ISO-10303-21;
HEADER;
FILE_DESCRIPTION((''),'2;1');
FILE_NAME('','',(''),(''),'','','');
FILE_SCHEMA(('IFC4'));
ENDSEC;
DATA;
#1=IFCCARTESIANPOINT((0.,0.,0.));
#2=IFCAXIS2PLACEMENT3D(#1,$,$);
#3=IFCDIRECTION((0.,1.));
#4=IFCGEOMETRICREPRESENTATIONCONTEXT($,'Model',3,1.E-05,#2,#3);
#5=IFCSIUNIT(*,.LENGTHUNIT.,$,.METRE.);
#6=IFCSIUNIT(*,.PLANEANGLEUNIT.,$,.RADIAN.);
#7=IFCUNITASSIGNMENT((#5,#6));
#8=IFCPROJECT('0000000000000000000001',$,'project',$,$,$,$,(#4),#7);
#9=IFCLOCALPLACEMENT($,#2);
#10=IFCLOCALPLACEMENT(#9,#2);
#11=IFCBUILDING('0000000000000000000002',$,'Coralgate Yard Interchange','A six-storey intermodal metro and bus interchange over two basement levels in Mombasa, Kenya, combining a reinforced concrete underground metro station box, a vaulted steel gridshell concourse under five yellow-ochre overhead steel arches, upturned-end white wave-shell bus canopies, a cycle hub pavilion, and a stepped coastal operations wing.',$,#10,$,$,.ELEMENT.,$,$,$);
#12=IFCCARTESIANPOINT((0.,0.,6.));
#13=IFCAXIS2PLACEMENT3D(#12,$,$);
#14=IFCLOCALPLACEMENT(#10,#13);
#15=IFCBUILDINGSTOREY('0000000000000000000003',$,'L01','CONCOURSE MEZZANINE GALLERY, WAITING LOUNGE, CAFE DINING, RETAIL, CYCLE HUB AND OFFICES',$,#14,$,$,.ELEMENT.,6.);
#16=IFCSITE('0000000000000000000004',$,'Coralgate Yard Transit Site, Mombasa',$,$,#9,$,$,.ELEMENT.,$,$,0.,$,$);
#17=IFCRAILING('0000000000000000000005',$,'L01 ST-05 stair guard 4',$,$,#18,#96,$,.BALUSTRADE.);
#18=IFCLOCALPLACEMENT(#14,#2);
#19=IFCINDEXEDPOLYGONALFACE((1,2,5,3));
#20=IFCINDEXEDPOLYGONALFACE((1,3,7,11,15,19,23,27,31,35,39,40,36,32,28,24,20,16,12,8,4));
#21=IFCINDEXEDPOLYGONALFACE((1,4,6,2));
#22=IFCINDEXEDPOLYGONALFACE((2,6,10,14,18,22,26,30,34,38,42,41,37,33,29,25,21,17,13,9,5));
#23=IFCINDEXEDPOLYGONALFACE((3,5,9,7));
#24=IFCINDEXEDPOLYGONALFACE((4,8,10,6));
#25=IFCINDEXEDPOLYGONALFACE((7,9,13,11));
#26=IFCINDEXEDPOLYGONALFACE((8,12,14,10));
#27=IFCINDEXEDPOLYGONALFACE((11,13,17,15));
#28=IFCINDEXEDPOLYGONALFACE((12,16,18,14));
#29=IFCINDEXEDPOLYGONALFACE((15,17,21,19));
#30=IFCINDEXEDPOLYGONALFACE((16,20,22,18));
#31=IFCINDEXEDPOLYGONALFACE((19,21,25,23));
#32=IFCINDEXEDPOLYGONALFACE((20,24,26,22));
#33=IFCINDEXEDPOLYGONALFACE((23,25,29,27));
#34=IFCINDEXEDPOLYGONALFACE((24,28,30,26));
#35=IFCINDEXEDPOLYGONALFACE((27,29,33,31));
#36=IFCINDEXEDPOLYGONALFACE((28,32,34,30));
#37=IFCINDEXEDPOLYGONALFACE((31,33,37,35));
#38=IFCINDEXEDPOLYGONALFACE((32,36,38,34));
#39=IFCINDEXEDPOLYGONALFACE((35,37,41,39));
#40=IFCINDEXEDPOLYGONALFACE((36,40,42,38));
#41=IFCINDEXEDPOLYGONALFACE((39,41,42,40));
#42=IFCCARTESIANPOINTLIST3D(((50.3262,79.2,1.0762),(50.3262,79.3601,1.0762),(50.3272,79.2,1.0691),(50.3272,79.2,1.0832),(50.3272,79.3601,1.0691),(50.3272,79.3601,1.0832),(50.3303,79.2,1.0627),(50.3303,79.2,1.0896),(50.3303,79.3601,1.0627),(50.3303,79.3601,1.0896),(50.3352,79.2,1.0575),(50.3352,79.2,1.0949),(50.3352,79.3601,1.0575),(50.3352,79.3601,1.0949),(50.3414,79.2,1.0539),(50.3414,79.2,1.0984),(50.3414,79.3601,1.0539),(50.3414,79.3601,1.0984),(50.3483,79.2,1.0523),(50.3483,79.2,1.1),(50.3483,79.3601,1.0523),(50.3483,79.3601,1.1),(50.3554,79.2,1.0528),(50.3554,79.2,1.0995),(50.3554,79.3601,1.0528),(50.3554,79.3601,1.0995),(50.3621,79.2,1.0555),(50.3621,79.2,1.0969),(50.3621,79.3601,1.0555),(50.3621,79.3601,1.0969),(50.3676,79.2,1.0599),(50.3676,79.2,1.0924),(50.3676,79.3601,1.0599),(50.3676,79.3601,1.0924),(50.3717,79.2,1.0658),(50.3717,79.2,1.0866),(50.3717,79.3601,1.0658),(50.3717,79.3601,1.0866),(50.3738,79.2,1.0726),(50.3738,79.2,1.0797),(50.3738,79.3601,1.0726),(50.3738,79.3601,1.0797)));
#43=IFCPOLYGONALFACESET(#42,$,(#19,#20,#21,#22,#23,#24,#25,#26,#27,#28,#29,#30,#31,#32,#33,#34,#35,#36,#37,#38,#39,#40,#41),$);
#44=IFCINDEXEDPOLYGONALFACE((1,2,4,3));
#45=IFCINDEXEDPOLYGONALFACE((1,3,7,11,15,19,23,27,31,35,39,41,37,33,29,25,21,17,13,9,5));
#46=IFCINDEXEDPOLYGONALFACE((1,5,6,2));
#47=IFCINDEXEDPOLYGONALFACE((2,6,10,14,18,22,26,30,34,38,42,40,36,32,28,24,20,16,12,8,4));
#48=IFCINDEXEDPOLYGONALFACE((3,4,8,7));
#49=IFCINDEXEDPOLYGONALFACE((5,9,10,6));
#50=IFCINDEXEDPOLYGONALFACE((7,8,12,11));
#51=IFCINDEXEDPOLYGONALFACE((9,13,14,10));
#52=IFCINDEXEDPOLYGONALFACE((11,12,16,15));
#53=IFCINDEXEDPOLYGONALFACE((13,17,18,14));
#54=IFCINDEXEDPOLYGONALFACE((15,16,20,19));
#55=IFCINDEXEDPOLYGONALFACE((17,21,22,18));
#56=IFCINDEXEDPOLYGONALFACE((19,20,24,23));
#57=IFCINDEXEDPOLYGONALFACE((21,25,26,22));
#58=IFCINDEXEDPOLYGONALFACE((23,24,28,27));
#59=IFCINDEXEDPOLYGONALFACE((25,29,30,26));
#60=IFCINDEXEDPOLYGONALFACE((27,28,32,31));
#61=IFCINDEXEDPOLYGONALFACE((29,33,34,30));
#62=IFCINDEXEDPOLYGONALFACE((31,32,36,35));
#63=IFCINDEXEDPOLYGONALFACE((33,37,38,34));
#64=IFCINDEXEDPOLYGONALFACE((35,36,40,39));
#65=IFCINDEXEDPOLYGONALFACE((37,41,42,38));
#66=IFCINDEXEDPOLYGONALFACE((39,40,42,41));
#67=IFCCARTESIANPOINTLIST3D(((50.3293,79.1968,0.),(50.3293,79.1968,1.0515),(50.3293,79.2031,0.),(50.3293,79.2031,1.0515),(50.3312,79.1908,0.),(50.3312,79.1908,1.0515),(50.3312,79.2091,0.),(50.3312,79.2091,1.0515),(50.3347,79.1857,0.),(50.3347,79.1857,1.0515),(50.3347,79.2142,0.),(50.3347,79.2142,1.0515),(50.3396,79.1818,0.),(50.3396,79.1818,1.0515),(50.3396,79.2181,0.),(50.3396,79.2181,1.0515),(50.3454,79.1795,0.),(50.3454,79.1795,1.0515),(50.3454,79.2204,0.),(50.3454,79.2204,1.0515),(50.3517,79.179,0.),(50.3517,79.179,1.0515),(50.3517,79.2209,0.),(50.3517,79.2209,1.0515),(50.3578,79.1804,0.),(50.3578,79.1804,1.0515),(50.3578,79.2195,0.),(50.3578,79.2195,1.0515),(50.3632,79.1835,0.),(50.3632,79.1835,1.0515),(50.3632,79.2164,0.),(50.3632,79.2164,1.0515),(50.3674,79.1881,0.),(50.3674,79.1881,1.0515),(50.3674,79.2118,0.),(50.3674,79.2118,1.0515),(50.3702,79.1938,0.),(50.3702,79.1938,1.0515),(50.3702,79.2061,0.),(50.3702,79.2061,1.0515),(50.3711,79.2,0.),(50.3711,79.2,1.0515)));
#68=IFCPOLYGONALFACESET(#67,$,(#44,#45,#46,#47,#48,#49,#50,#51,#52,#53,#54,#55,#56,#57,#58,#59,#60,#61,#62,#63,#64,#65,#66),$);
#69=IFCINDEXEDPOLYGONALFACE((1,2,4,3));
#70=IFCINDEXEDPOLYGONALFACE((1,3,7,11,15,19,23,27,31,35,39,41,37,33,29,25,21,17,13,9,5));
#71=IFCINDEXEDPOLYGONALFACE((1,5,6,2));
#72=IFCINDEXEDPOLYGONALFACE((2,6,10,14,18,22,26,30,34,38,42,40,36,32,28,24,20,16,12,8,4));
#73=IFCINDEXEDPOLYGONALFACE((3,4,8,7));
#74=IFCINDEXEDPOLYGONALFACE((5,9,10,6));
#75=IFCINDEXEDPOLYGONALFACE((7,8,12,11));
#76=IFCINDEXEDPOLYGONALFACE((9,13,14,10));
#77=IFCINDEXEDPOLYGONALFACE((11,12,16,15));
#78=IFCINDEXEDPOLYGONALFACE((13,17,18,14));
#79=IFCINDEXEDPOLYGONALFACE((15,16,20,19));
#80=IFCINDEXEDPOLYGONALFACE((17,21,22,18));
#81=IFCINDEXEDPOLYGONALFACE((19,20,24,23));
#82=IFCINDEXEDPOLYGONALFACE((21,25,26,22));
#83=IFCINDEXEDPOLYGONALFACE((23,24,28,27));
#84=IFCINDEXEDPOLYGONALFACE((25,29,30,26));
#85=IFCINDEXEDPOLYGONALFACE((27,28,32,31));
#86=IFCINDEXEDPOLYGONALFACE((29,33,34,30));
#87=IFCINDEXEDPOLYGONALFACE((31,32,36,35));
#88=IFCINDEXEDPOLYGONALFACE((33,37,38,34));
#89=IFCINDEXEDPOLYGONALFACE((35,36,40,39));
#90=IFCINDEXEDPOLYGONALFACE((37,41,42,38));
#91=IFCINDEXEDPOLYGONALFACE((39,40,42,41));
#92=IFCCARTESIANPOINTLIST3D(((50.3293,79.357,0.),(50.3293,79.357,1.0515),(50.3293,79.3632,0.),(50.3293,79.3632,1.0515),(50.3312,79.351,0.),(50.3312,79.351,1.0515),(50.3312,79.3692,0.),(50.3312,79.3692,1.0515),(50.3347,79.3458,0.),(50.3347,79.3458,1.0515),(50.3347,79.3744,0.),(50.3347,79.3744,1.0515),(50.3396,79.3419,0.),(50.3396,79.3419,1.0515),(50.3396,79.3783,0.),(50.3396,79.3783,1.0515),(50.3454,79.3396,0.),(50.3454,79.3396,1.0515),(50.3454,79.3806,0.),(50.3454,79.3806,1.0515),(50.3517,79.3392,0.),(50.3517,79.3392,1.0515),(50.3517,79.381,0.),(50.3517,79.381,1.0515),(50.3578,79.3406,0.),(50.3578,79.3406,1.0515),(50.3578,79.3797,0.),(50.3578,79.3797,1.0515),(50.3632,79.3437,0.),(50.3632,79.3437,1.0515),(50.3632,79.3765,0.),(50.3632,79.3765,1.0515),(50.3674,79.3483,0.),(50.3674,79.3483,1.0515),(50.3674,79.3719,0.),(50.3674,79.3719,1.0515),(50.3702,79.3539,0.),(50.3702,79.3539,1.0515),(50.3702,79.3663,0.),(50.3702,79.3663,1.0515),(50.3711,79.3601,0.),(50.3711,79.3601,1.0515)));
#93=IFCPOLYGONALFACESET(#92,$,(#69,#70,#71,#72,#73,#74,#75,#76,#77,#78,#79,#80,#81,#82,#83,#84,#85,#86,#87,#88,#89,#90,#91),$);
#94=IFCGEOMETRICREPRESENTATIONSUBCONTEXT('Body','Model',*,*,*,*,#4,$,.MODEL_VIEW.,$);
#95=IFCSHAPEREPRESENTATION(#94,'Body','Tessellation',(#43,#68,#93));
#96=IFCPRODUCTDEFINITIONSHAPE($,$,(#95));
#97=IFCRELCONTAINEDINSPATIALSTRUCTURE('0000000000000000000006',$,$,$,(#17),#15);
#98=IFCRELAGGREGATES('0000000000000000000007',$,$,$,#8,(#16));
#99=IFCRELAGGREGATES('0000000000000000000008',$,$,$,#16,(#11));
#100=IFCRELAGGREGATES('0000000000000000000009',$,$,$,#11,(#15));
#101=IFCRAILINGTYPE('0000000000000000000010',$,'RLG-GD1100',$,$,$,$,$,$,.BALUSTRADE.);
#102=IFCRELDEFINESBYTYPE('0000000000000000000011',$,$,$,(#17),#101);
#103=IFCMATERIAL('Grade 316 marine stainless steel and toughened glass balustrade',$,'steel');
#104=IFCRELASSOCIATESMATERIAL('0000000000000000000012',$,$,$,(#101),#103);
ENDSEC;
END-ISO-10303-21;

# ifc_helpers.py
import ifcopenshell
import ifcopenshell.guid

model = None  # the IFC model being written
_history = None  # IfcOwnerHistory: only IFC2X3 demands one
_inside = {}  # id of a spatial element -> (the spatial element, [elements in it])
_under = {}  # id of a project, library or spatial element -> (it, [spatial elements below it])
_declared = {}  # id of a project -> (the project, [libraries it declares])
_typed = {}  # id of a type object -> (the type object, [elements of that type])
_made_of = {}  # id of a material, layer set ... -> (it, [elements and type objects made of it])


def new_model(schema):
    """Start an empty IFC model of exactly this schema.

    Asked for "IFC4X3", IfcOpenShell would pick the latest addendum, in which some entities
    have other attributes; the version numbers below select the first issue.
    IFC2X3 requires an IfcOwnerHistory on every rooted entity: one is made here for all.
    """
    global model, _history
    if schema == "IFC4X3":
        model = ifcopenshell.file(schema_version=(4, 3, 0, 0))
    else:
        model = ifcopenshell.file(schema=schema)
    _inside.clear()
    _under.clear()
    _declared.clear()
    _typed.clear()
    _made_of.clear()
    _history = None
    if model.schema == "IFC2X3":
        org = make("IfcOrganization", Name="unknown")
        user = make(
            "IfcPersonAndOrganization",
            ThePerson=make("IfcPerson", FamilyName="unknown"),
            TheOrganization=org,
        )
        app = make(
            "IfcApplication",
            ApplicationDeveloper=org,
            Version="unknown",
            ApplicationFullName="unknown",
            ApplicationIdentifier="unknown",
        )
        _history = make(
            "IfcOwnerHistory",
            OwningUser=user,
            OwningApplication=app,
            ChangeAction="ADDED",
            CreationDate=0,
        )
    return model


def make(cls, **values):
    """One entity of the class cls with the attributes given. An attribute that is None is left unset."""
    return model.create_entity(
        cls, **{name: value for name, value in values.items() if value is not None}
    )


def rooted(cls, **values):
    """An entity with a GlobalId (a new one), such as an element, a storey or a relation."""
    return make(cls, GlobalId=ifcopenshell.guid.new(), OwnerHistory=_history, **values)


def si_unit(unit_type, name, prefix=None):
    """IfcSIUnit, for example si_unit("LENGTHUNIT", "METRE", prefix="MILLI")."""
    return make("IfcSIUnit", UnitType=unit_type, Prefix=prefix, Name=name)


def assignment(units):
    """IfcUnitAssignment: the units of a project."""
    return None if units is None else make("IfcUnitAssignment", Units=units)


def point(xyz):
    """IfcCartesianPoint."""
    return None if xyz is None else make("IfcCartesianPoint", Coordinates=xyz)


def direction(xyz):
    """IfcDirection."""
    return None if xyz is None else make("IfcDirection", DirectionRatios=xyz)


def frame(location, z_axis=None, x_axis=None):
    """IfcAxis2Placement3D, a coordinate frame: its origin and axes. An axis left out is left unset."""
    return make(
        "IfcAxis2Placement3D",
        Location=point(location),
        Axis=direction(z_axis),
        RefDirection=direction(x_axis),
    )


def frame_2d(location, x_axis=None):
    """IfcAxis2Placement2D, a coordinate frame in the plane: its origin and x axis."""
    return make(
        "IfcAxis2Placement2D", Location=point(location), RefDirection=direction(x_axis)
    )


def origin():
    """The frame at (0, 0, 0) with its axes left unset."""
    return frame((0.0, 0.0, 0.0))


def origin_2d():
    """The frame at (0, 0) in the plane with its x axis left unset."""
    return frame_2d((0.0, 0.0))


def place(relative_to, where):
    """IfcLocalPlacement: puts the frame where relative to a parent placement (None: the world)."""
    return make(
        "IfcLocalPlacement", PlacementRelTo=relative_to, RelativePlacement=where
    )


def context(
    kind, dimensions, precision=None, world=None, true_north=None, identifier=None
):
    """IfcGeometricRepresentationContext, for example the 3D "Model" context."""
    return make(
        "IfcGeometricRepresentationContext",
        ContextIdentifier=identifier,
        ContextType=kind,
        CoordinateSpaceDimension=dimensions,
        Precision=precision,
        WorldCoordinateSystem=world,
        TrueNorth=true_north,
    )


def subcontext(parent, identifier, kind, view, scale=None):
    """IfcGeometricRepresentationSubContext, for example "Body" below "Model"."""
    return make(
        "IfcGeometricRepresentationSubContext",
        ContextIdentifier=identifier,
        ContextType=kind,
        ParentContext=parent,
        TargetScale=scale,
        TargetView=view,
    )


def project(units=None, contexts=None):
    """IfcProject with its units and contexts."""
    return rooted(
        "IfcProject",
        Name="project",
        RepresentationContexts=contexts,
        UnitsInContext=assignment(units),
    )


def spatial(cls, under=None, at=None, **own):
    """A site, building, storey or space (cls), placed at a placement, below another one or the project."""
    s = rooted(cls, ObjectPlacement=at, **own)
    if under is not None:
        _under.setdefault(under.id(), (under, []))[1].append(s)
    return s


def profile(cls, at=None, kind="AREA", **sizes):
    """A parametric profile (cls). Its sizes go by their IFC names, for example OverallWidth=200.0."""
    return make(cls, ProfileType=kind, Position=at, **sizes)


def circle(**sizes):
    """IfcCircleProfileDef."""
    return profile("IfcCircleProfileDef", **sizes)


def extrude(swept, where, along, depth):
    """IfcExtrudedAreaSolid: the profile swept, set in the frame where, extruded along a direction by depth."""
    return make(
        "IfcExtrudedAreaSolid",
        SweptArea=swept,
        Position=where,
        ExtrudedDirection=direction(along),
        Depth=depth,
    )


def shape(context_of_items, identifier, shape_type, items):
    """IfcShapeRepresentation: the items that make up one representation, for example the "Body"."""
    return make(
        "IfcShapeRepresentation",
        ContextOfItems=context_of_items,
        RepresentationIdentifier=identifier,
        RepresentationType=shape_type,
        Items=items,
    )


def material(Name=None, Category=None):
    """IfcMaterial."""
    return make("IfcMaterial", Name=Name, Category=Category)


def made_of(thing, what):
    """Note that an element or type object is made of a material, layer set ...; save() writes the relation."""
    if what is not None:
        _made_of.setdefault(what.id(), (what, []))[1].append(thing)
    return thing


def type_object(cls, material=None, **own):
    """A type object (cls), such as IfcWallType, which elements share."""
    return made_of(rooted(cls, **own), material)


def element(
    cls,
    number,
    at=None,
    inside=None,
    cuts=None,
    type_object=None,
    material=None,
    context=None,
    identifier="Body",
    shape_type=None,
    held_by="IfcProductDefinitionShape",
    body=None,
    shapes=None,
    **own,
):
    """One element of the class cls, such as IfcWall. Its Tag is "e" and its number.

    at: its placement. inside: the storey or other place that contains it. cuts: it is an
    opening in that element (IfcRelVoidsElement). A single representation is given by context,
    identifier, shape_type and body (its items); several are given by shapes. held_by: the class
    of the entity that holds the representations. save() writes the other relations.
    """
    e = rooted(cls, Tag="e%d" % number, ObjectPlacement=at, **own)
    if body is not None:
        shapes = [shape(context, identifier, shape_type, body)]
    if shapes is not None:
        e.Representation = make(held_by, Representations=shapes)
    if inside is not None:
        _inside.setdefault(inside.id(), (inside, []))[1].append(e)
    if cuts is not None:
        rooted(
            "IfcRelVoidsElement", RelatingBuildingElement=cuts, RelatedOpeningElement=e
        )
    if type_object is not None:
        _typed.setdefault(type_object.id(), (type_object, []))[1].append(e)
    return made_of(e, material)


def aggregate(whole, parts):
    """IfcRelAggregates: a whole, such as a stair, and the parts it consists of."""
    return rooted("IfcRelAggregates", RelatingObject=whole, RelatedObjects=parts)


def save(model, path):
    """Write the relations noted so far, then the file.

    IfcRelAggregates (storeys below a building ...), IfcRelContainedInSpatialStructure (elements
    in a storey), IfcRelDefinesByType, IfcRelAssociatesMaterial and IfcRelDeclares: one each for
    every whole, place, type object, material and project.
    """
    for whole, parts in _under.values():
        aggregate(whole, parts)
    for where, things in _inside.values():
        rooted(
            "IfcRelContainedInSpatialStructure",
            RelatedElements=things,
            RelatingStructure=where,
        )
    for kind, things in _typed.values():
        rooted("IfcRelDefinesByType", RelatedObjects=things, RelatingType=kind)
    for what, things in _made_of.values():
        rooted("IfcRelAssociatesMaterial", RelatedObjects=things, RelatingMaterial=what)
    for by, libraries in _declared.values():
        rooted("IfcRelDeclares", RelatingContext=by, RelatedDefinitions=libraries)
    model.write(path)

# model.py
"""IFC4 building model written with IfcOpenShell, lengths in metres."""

from ifc_helpers import new_model, si_unit, direction, frame, origin, origin_2d, place, context, subcontext, project, spatial, circle, extrude, material, type_object, element, save


model = new_model("IFC4")

# Units and contexts
model_context = context("Model", 3, precision=1e-05, world=origin(), true_north=direction((0.0, 1.0)))
body_context = subcontext(model_context, "Body", "Model", "MODEL_VIEW")
ifc_project = project(units=[si_unit("LENGTHUNIT", "METRE"), si_unit("PLANEANGLEUNIT", "RADIAN")], contexts=[model_context])

# Site, building, storey
site_placement = place(None, origin())
site = spatial("IfcSite", under=ifc_project, at=site_placement, Name="Coralgate Yard Transit Site, Mombasa", CompositionType="ELEMENT", RefElevation=0.0)
building_placement = place(site_placement, origin())
building = spatial("IfcBuilding", under=site, at=building_placement, Name="Coralgate Yard Interchange", Description="A six-storey intermodal metro and bus interchange over two basement levels in Mombasa, Kenya, combining a reinforced concrete underground metro station box, a vaulted steel gridshell concourse under five yellow-ochre overhead steel arches, upturned-end white wave-shell bus canopies, a cycle hub pavilion, and a stepped coastal operations wing.", CompositionType="ELEMENT")
storey_placement = place(building_placement, frame((0.0, 0.0, 6.0)))
storey = spatial("IfcBuildingStorey", under=building, at=storey_placement, Name="L01", Description="CONCOURSE MEZZANINE GALLERY, WAITING LOUNGE, CAFE DINING, RETAIL, CYCLE HUB AND OFFICES", CompositionType="ELEMENT", Elevation=6.0)

# Railing
ifc_material_1 = material(Name="Grade 316 marine stainless steel and toughened glass balustrade", Category="steel")
railing_type_1 = type_object("IfcRailingType", Name="RLG-GD1100", PredefinedType="BALUSTRADE", material=ifc_material_1)
railing_1_placement = place(storey_placement, frame((50.3501, 79.2, 0.0)))
element("IfcRailing", 1, at=railing_1_placement, inside=storey, type_object=railing_type_1, Name="L01 ST-05 stair guard 4", PredefinedType="BALUSTRADE", context=body_context, shape_type="SweptSolid", body=[
    extrude(circle(Radius=0.0239, at=origin_2d()), frame((0.0, 0.0, 1.0762), z_axis=(0.0, 1.0, 0.0), x_axis=(-1.0, 0.0, 0.0)), (0.0, 0.0, 1.0), 0.1602),
    extrude(circle(Radius=0.021, at=origin_2d()), origin(), (0.0, 0.0, 1.0), 1.0515),
    extrude(circle(Radius=0.021, at=origin_2d()), frame((0.0, 0.1602, 0.0)), (0.0, 0.0, 1.0), 1.0515),
])

save(model, "model.ifc")
